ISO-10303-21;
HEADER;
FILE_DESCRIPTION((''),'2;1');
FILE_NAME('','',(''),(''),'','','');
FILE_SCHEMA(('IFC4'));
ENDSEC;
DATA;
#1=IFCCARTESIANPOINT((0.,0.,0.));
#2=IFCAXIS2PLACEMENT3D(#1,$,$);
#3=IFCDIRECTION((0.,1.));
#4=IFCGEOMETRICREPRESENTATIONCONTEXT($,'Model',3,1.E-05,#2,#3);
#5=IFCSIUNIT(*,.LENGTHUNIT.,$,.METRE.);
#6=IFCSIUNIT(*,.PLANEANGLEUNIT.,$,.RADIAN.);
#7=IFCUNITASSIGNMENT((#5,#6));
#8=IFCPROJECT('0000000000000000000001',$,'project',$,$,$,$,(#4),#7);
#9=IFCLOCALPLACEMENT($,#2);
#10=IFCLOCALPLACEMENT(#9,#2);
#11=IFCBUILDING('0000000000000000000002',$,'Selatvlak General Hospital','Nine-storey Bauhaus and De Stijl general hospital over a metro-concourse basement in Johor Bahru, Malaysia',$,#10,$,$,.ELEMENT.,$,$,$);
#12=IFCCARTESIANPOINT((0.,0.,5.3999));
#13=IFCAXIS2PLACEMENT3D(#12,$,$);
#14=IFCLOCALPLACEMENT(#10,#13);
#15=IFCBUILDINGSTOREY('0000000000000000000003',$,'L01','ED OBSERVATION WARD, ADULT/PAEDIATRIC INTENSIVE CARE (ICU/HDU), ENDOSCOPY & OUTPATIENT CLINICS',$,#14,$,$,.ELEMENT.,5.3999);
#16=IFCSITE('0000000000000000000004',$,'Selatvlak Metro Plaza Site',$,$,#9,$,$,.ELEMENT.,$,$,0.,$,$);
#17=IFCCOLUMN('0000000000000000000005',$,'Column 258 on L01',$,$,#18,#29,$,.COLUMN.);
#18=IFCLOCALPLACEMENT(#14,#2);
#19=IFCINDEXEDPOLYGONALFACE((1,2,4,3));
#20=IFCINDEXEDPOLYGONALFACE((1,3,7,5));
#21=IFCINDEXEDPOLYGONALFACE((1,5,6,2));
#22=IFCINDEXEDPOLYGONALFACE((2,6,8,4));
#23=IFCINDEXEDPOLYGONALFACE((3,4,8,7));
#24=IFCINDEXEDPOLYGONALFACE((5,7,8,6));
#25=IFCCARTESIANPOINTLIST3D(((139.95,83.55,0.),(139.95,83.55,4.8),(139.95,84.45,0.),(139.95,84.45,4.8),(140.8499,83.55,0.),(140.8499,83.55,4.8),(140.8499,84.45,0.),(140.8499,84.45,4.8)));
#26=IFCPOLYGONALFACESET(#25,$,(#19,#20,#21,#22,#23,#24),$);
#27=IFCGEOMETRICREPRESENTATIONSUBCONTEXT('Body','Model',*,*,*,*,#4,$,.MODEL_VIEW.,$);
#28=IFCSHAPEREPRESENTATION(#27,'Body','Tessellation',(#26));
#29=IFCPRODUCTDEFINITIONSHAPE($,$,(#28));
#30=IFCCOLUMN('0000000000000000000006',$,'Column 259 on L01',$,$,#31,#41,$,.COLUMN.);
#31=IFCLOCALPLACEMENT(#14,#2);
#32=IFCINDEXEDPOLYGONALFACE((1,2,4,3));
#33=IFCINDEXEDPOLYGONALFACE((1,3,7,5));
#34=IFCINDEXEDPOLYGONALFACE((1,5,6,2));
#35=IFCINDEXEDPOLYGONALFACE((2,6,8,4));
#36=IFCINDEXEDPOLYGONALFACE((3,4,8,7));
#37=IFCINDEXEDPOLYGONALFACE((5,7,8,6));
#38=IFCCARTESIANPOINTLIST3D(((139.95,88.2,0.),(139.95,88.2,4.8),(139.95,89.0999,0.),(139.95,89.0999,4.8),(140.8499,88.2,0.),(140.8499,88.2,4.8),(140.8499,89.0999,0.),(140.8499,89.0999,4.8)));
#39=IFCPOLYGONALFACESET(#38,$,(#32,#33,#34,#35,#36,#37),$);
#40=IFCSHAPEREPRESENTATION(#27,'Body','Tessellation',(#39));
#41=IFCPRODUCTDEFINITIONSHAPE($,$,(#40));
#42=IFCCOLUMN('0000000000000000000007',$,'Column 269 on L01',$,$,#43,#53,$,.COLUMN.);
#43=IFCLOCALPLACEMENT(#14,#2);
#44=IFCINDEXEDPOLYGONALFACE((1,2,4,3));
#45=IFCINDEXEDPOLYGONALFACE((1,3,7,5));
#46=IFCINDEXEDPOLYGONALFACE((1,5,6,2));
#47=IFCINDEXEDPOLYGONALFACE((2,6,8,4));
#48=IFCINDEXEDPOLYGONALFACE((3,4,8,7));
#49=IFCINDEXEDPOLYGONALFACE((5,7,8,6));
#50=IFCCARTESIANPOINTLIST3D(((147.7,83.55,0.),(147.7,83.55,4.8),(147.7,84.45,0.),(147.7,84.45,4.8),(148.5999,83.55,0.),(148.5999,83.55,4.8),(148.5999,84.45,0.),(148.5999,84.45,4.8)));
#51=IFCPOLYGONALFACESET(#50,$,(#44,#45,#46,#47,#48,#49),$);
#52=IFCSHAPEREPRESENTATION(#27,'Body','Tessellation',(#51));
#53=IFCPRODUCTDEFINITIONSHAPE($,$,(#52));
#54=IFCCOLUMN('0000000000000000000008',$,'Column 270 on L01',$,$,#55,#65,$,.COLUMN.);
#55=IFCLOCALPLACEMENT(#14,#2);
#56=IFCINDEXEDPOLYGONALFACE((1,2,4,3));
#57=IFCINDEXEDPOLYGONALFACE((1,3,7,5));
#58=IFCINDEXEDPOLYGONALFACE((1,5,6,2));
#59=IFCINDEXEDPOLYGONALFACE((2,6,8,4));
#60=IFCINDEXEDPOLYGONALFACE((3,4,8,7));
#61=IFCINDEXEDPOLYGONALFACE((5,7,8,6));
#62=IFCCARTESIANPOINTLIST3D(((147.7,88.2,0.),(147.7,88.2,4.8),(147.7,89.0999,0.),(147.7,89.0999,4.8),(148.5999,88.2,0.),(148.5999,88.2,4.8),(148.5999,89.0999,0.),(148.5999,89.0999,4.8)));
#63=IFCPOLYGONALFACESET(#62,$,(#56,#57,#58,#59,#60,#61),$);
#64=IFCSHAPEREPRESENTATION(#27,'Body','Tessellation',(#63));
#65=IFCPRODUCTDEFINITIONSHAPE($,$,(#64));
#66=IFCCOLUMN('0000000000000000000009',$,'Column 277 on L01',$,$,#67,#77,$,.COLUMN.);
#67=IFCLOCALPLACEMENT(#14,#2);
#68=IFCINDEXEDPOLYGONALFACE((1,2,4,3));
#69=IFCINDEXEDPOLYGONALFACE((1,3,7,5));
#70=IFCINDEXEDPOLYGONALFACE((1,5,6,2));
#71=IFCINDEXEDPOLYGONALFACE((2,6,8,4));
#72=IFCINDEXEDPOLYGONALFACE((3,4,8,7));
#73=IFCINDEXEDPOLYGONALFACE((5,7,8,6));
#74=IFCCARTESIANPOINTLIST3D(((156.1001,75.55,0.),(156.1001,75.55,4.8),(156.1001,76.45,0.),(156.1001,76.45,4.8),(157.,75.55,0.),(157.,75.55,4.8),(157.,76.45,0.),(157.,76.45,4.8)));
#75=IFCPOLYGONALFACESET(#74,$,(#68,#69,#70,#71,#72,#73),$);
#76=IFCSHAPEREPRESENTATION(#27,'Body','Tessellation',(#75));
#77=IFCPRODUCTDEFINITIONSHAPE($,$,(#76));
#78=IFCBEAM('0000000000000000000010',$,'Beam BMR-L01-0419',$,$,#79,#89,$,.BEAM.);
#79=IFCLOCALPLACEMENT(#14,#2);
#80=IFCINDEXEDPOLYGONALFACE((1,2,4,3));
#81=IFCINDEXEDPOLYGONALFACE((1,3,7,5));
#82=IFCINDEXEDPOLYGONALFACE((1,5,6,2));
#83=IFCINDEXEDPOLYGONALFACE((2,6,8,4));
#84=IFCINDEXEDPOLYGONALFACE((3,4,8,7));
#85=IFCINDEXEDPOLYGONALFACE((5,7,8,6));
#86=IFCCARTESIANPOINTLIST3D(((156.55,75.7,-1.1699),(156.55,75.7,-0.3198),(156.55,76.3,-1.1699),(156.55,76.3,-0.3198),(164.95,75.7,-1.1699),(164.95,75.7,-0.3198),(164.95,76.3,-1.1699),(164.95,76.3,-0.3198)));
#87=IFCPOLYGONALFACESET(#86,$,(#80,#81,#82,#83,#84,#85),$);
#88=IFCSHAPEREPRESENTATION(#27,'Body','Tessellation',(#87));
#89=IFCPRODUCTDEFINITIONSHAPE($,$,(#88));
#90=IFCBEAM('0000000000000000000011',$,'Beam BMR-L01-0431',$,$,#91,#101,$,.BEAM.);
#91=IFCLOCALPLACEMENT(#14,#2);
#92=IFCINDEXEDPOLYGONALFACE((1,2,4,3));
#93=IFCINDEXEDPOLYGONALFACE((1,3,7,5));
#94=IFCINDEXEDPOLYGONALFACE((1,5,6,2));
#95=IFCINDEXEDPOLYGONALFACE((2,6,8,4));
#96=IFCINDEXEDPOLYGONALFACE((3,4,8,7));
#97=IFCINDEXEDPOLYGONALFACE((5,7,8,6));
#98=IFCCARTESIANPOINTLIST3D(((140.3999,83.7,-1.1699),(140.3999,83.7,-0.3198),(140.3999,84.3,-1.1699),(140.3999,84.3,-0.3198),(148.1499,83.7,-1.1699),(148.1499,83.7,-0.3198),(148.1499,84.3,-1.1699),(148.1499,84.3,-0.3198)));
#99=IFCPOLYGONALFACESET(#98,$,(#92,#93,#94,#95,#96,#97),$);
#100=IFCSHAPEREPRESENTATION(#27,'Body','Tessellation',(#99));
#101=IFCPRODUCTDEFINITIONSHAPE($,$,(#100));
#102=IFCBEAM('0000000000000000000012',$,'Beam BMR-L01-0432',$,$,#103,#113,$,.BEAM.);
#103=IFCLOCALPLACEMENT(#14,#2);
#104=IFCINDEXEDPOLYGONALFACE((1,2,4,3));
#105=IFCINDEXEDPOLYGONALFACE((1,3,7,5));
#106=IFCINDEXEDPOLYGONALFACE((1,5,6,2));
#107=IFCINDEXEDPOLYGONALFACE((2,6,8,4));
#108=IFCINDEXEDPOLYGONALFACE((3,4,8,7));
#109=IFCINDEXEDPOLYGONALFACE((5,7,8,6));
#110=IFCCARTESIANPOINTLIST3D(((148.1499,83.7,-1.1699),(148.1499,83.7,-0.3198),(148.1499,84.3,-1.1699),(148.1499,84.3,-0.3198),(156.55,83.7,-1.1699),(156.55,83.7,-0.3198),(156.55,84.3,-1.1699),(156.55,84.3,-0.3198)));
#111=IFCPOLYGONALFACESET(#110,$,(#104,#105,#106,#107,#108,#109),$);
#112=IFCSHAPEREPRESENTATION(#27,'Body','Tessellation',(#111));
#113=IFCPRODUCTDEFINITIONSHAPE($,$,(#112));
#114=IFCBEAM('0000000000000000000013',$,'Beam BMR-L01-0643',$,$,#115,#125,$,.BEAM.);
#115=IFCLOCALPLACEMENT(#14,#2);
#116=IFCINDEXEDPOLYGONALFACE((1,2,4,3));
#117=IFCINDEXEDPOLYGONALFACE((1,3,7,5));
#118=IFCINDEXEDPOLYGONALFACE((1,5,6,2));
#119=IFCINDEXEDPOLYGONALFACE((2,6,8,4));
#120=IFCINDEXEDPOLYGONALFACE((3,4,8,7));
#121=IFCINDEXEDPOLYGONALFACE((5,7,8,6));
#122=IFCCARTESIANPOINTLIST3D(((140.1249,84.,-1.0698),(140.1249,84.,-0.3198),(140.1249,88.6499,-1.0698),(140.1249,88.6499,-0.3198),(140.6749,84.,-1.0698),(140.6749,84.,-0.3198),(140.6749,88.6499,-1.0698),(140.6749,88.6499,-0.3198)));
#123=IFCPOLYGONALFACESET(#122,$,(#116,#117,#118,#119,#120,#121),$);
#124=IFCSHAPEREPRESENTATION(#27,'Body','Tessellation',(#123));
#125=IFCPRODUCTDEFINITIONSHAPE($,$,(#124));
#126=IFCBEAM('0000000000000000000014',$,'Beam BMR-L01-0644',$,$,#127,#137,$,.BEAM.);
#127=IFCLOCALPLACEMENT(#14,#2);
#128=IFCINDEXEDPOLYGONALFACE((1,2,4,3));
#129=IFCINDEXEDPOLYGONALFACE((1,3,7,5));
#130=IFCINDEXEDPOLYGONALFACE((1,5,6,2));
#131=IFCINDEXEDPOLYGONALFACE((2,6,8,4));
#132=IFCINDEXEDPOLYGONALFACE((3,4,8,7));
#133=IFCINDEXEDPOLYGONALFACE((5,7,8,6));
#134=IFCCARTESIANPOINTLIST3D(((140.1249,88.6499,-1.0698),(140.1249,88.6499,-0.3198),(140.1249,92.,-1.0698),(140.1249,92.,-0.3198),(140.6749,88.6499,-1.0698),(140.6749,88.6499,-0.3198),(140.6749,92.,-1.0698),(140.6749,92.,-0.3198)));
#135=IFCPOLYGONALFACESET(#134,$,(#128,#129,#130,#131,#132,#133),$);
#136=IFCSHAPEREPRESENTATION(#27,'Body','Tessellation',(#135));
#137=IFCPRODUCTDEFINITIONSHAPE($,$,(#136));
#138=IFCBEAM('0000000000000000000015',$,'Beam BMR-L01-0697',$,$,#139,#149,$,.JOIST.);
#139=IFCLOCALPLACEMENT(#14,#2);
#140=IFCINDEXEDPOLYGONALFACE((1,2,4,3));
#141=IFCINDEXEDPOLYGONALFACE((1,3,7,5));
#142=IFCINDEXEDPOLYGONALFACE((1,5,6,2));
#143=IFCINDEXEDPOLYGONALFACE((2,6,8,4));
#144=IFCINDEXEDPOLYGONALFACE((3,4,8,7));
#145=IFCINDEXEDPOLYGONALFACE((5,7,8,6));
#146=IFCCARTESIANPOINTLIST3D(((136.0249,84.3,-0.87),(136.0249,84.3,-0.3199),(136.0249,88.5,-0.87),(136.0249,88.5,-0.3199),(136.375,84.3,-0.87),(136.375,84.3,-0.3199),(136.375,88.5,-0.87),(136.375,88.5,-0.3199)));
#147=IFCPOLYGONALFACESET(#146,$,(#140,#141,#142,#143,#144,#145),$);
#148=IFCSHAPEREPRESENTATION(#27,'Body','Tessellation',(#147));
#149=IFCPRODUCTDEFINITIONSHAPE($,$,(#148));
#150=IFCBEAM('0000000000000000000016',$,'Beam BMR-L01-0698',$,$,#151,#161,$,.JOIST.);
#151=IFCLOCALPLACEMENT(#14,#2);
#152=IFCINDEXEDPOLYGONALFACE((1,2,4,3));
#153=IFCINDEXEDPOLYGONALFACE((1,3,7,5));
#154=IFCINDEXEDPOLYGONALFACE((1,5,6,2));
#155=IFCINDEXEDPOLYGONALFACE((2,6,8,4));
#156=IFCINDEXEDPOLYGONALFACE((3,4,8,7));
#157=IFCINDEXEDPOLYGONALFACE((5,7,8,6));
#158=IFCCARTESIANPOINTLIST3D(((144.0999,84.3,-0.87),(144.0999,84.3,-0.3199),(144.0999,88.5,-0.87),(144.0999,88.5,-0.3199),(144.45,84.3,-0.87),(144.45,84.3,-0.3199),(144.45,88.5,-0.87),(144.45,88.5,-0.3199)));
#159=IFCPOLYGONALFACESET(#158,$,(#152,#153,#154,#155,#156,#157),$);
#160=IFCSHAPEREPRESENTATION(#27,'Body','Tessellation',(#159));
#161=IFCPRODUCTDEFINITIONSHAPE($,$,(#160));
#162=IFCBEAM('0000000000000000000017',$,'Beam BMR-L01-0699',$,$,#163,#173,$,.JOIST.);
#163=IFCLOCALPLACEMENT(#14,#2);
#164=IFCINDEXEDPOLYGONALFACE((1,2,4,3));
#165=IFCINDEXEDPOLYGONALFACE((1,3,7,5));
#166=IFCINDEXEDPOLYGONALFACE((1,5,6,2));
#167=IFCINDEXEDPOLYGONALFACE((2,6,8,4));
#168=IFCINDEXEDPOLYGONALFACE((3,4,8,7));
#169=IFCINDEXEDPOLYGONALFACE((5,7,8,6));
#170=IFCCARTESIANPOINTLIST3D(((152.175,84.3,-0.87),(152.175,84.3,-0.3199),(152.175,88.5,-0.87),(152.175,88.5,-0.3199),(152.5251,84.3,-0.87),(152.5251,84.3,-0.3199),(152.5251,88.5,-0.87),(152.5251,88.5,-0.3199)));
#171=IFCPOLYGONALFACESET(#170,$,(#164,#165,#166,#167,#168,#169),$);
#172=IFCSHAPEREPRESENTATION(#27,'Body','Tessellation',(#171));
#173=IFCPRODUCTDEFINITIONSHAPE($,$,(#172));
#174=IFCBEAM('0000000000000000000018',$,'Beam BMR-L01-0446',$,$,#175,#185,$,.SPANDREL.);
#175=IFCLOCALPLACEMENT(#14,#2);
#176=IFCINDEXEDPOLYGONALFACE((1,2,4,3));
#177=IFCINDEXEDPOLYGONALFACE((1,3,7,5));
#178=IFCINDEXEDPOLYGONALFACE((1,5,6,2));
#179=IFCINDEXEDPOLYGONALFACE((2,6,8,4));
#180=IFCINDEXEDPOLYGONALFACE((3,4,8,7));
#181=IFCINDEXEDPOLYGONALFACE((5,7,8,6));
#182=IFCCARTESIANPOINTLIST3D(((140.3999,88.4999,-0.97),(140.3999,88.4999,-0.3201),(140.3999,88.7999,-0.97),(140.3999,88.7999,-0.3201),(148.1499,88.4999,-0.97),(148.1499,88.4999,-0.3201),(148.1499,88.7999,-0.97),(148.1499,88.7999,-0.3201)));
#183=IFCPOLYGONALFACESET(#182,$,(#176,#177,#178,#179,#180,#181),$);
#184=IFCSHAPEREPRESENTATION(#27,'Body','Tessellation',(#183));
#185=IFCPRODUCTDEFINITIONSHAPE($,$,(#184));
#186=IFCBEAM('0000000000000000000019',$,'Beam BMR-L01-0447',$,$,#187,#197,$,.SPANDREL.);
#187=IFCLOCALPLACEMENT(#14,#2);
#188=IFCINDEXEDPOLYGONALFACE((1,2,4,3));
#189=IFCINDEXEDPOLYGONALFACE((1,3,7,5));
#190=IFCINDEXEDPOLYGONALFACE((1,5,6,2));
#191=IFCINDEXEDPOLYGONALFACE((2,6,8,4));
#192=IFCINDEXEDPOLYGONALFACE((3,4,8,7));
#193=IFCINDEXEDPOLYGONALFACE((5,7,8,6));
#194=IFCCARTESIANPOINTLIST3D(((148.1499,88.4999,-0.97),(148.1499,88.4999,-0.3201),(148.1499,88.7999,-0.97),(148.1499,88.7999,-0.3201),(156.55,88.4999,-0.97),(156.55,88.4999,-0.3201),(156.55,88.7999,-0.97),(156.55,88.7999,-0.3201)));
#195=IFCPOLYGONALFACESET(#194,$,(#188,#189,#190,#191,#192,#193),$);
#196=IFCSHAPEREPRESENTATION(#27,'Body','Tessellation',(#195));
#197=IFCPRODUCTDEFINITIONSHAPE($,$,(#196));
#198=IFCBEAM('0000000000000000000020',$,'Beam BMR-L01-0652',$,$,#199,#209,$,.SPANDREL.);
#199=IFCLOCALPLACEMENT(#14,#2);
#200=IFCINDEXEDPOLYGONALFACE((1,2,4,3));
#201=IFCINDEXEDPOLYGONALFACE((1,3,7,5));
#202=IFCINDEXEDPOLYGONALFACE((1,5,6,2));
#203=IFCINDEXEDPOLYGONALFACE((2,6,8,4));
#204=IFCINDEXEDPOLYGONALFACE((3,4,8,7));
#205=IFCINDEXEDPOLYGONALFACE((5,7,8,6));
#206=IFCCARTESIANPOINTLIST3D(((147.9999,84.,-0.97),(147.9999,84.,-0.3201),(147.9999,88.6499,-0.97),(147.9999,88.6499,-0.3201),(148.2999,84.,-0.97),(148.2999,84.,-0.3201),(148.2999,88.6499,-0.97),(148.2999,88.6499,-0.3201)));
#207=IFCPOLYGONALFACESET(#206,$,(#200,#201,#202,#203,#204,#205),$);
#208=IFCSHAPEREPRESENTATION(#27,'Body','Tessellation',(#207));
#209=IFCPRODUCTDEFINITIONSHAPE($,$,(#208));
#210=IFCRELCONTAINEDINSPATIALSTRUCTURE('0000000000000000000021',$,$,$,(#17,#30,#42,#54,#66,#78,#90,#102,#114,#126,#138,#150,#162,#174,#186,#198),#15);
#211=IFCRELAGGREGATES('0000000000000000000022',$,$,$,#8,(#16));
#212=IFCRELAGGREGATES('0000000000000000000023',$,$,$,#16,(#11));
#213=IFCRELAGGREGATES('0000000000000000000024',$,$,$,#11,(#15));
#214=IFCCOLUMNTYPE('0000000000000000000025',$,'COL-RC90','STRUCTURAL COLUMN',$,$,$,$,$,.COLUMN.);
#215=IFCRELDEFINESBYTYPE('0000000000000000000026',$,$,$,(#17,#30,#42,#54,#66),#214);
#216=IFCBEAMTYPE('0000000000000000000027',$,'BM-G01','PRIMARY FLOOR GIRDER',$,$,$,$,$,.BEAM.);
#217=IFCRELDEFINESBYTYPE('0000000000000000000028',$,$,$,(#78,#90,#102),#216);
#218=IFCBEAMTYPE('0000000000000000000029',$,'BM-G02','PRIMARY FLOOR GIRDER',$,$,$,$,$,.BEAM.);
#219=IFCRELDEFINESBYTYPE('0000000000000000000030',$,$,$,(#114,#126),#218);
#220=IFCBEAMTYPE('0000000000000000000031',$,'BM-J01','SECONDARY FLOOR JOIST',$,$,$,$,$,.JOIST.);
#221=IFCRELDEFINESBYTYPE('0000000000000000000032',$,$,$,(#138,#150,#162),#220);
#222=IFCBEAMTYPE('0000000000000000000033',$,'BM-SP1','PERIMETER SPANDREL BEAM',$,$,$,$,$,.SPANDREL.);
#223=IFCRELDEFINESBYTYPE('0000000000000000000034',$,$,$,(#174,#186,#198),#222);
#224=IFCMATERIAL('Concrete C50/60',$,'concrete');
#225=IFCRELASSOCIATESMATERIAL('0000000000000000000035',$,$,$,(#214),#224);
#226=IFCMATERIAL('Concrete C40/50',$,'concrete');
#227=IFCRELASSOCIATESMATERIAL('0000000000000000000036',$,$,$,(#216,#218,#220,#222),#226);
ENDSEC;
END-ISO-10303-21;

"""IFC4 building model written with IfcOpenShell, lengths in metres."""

from ifc_helpers import new_model, si_unit, direction, frame, origin, origin_2d, place, context, subcontext, project, spatial, rectangle, extrude, material, material_profile, profile_set, type_object, element, save


model = new_model("IFC4")

# Units and contexts
model_context = context("Model", 3, precision=1e-05, world=origin(), true_north=direction((0.0, 1.0)))
body_context = subcontext(model_context, "Body", "Model", "MODEL_VIEW")
ifc_project = project(units=[si_unit("LENGTHUNIT", "METRE"), si_unit("PLANEANGLEUNIT", "RADIAN")], contexts=[model_context])

# Site, building, storey
site_placement = place(None, origin())
site = spatial("IfcSite", under=ifc_project, at=site_placement, Name="Selatvlak Metro Plaza Site", CompositionType="ELEMENT", RefElevation=0.0)
building_placement = place(site_placement, origin())
building = spatial("IfcBuilding", under=site, at=building_placement, Name="Selatvlak General Hospital", Description="Nine-storey Bauhaus and De Stijl general hospital over a metro-concourse basement in Johor Bahru, Malaysia", CompositionType="ELEMENT")
storey_placement = place(building_placement, frame((0.0, 0.0, 5.3999)))
storey = spatial("IfcBuildingStorey", under=building, at=storey_placement, Name="L01", Description="ED OBSERVATION WARD, ADULT/PAEDIATRIC INTENSIVE CARE (ICU/HDU), ENDOSCOPY & OUTPATIENT CLINICS", CompositionType="ELEMENT", Elevation=5.3999)

# Columns
ifc_material_1 = material(Name="Concrete C50/60", Category="concrete")
ifc_material_profile_1 = material_profile(ifc_material_1, rectangle(XDim=0.8999, YDim=0.8999, at=origin_2d()), Name="RC-COL 900x900")
ifc_profile_set_1 = profile_set([ifc_material_profile_1], Name="Concrete C50/60")
column_type = type_object("IfcColumnType", Name="COL-RC90", Description="STRUCTURAL COLUMN", PredefinedType="COLUMN", material=ifc_profile_set_1)
for number, where, z_axis, x_axis, name in (
    (1, (140.3999, 84.0, 0.0), (0.0, 0.0, 1.0), (1.0, 0.0, 0.0), "Column 258 on L01"),
    (2, (140.3999, 88.6499, 0.0), (0.0, 0.0, 1.0), (1.0, 0.0, 0.0), "Column 259 on L01"),
    (3, (148.1499, 84.0, 0.0), (0.0, 0.0, 1.0), (1.0, 0.0, 0.0), "Column 269 on L01"),
    (4, (148.1499, 88.6499, 0.0), (0.0, 0.0, 1.0), (1.0, 0.0, 0.0), "Column 270 on L01"),
    (5, (156.55, 76.0, 0.0), (0.0, 0.0, 1.0), (1.0, 0.0, 0.0), "Column 277 on L01"),
):
    element("IfcColumn", number, at=place(storey_placement, frame(where, z_axis=z_axis, x_axis=x_axis)), inside=storey, type_object=column_type, Name=name, PredefinedType="COLUMN", context=body_context, shape_type="SweptSolid", body=[
        extrude(rectangle(XDim=0.8999, YDim=0.8999, at=origin_2d()), origin(), (0.0, 0.0, 1.0), 4.8),
    ])

# Beams
ifc_material_2 = material(Name="Concrete C40/50", Category="concrete")
ifc_material_profile_2 = material_profile(ifc_material_2, rectangle(XDim=0.6001, YDim=0.8501, at=origin_2d()), Name="RC-BM 600x850")
ifc_profile_set_2 = profile_set([ifc_material_profile_2], Name="Concrete C40/50")
beam_type_1 = type_object("IfcBeamType", Name="BM-G01", Description="PRIMARY FLOOR GIRDER", PredefinedType="BEAM", material=ifc_profile_set_2)
beam_1_placement = place(storey_placement, frame((156.55, 76.0, -0.7449), z_axis=(1.0, 0.0, 0.0), x_axis=(0.0, 1.0, 0.0)))
element("IfcBeam", 6, at=beam_1_placement, inside=storey, type_object=beam_type_1, Name="Beam BMR-L01-0419", PredefinedType="BEAM", context=body_context, shape_type="SweptSolid", body=[
    extrude(rectangle(XDim=0.6001, YDim=0.8501, at=origin_2d()), origin(), (0.0, 0.0, 1.0), 8.3999),
])
beam_2_placement = place(storey_placement, frame((140.3999, 84.0, -0.7449), z_axis=(1.0, 0.0, 0.0), x_axis=(0.0, 1.0, 0.0)))
element("IfcBeam", 7, at=beam_2_placement, inside=storey, type_object=beam_type_1, Name="Beam BMR-L01-0431", PredefinedType="BEAM", context=body_context, shape_type="SweptSolid", body=[
    extrude(rectangle(XDim=0.6001, YDim=0.8501, at=origin_2d()), origin(), (0.0, 0.0, 1.0), 7.75),
])
beam_3_placement = place(storey_placement, frame((148.1499, 84.0, -0.7449), z_axis=(1.0, 0.0, 0.0), x_axis=(0.0, 1.0, 0.0)))
element("IfcBeam", 8, at=beam_3_placement, inside=storey, type_object=beam_type_1, Name="Beam BMR-L01-0432", PredefinedType="BEAM", context=body_context, shape_type="SweptSolid", body=[
    extrude(rectangle(XDim=0.6001, YDim=0.8501, at=origin_2d()), origin(), (0.0, 0.0, 1.0), 8.4001),
])
ifc_material_profile_3 = material_profile(ifc_material_2, rectangle(XDim=0.55, YDim=0.75, at=origin_2d()), Name="RC-BM 550x750")
ifc_profile_set_3 = profile_set([ifc_material_profile_3], Name="Concrete C40/50")
beam_type_2 = type_object("IfcBeamType", Name="BM-G02", Description="PRIMARY FLOOR GIRDER", PredefinedType="BEAM", material=ifc_profile_set_3)
beam_4_placement = place(storey_placement, frame((140.3999, 84.0, -0.6948), z_axis=(0.0, 1.0, 0.0), x_axis=(-1.0, 0.0, 0.0)))
element("IfcBeam", 9, at=beam_4_placement, inside=storey, type_object=beam_type_2, Name="Beam BMR-L01-0643", PredefinedType="BEAM", context=body_context, shape_type="SweptSolid", body=[
    extrude(rectangle(XDim=0.55, YDim=0.75, at=origin_2d()), origin(), (0.0, 0.0, 1.0), 4.6499),
])
beam_5_placement = place(storey_placement, frame((140.3999, 88.6499, -0.6948), z_axis=(0.0, 1.0, 0.0), x_axis=(-1.0, 0.0, 0.0)))
element("IfcBeam", 10, at=beam_5_placement, inside=storey, type_object=beam_type_2, Name="Beam BMR-L01-0644", PredefinedType="BEAM", context=body_context, shape_type="SweptSolid", body=[
    extrude(rectangle(XDim=0.55, YDim=0.75, at=origin_2d()), origin(), (0.0, 0.0, 1.0), 3.3501),
])
ifc_material_profile_4 = material_profile(ifc_material_2, rectangle(XDim=0.3501, YDim=0.55, at=origin_2d()), Name="RC-BM 350x550")
ifc_profile_set_4 = profile_set([ifc_material_profile_4], Name="Concrete C40/50")
beam_type_3 = type_object("IfcBeamType", Name="BM-J01", Description="SECONDARY FLOOR JOIST", PredefinedType="JOIST", material=ifc_profile_set_4)
for number, where, z_axis, x_axis, name in (
    (11, (136.2, 84.3, -0.595), (0.0, 1.0, 0.0), (-1.0, 0.0, 0.0), "Beam BMR-L01-0697"),
    (12, (144.2749, 84.3, -0.595), (0.0, 1.0, 0.0), (-1.0, 0.0, 0.0), "Beam BMR-L01-0698"),
    (13, (152.3501, 84.3, -0.595), (0.0, 1.0, 0.0), (-1.0, 0.0, 0.0), "Beam BMR-L01-0699"),
):
    element("IfcBeam", number, at=place(storey_placement, frame(where, z_axis=z_axis, x_axis=x_axis)), inside=storey, type_object=beam_type_3, Name=name, PredefinedType="JOIST", context=body_context, shape_type="SweptSolid", body=[
        extrude(rectangle(XDim=0.3501, YDim=0.55, at=origin_2d()), origin(), (0.0, 0.0, 1.0), 4.2),
    ])
ifc_material_profile_5 = material_profile(ifc_material_2, rectangle(XDim=0.3, YDim=0.6499, at=origin_2d()), Name="RC-SP 300x650")
ifc_profile_set_5 = profile_set([ifc_material_profile_5], Name="Concrete C40/50")
beam_type_4 = type_object("IfcBeamType", Name="BM-SP1", Description="PERIMETER SPANDREL BEAM", PredefinedType="SPANDREL", material=ifc_profile_set_5)
beam_6_placement = place(storey_placement, frame((140.3999, 88.6499, -0.645), z_axis=(1.0, 0.0, 0.0), x_axis=(0.0, 1.0, 0.0)))
element("IfcBeam", 14, at=beam_6_placement, inside=storey, type_object=beam_type_4, Name="Beam BMR-L01-0446", PredefinedType="SPANDREL", context=body_context, shape_type="SweptSolid", body=[
    extrude(rectangle(XDim=0.3, YDim=0.6499, at=origin_2d()), origin(), (0.0, 0.0, 1.0), 7.75),
])
beam_7_placement = place(storey_placement, frame((148.1499, 88.6499, -0.645), z_axis=(1.0, 0.0, 0.0), x_axis=(0.0, 1.0, 0.0)))
element("IfcBeam", 15, at=beam_7_placement, inside=storey, type_object=beam_type_4, Name="Beam BMR-L01-0447", PredefinedType="SPANDREL", context=body_context, shape_type="SweptSolid", body=[
    extrude(rectangle(XDim=0.3, YDim=0.6499, at=origin_2d()), origin(), (0.0, 0.0, 1.0), 8.4001),
])
beam_8_placement = place(storey_placement, frame((148.1499, 84.0, -0.645), z_axis=(0.0, 1.0, 0.0), x_axis=(-1.0, 0.0, 0.0)))
element("IfcBeam", 16, at=beam_8_placement, inside=storey, type_object=beam_type_4, Name="Beam BMR-L01-0652", PredefinedType="SPANDREL", context=body_context, shape_type="SweptSolid", body=[
    extrude(rectangle(XDim=0.3, YDim=0.6499, at=origin_2d()), origin(), (0.0, 0.0, 1.0), 4.6499),
])

save(model, "model.ifc")
